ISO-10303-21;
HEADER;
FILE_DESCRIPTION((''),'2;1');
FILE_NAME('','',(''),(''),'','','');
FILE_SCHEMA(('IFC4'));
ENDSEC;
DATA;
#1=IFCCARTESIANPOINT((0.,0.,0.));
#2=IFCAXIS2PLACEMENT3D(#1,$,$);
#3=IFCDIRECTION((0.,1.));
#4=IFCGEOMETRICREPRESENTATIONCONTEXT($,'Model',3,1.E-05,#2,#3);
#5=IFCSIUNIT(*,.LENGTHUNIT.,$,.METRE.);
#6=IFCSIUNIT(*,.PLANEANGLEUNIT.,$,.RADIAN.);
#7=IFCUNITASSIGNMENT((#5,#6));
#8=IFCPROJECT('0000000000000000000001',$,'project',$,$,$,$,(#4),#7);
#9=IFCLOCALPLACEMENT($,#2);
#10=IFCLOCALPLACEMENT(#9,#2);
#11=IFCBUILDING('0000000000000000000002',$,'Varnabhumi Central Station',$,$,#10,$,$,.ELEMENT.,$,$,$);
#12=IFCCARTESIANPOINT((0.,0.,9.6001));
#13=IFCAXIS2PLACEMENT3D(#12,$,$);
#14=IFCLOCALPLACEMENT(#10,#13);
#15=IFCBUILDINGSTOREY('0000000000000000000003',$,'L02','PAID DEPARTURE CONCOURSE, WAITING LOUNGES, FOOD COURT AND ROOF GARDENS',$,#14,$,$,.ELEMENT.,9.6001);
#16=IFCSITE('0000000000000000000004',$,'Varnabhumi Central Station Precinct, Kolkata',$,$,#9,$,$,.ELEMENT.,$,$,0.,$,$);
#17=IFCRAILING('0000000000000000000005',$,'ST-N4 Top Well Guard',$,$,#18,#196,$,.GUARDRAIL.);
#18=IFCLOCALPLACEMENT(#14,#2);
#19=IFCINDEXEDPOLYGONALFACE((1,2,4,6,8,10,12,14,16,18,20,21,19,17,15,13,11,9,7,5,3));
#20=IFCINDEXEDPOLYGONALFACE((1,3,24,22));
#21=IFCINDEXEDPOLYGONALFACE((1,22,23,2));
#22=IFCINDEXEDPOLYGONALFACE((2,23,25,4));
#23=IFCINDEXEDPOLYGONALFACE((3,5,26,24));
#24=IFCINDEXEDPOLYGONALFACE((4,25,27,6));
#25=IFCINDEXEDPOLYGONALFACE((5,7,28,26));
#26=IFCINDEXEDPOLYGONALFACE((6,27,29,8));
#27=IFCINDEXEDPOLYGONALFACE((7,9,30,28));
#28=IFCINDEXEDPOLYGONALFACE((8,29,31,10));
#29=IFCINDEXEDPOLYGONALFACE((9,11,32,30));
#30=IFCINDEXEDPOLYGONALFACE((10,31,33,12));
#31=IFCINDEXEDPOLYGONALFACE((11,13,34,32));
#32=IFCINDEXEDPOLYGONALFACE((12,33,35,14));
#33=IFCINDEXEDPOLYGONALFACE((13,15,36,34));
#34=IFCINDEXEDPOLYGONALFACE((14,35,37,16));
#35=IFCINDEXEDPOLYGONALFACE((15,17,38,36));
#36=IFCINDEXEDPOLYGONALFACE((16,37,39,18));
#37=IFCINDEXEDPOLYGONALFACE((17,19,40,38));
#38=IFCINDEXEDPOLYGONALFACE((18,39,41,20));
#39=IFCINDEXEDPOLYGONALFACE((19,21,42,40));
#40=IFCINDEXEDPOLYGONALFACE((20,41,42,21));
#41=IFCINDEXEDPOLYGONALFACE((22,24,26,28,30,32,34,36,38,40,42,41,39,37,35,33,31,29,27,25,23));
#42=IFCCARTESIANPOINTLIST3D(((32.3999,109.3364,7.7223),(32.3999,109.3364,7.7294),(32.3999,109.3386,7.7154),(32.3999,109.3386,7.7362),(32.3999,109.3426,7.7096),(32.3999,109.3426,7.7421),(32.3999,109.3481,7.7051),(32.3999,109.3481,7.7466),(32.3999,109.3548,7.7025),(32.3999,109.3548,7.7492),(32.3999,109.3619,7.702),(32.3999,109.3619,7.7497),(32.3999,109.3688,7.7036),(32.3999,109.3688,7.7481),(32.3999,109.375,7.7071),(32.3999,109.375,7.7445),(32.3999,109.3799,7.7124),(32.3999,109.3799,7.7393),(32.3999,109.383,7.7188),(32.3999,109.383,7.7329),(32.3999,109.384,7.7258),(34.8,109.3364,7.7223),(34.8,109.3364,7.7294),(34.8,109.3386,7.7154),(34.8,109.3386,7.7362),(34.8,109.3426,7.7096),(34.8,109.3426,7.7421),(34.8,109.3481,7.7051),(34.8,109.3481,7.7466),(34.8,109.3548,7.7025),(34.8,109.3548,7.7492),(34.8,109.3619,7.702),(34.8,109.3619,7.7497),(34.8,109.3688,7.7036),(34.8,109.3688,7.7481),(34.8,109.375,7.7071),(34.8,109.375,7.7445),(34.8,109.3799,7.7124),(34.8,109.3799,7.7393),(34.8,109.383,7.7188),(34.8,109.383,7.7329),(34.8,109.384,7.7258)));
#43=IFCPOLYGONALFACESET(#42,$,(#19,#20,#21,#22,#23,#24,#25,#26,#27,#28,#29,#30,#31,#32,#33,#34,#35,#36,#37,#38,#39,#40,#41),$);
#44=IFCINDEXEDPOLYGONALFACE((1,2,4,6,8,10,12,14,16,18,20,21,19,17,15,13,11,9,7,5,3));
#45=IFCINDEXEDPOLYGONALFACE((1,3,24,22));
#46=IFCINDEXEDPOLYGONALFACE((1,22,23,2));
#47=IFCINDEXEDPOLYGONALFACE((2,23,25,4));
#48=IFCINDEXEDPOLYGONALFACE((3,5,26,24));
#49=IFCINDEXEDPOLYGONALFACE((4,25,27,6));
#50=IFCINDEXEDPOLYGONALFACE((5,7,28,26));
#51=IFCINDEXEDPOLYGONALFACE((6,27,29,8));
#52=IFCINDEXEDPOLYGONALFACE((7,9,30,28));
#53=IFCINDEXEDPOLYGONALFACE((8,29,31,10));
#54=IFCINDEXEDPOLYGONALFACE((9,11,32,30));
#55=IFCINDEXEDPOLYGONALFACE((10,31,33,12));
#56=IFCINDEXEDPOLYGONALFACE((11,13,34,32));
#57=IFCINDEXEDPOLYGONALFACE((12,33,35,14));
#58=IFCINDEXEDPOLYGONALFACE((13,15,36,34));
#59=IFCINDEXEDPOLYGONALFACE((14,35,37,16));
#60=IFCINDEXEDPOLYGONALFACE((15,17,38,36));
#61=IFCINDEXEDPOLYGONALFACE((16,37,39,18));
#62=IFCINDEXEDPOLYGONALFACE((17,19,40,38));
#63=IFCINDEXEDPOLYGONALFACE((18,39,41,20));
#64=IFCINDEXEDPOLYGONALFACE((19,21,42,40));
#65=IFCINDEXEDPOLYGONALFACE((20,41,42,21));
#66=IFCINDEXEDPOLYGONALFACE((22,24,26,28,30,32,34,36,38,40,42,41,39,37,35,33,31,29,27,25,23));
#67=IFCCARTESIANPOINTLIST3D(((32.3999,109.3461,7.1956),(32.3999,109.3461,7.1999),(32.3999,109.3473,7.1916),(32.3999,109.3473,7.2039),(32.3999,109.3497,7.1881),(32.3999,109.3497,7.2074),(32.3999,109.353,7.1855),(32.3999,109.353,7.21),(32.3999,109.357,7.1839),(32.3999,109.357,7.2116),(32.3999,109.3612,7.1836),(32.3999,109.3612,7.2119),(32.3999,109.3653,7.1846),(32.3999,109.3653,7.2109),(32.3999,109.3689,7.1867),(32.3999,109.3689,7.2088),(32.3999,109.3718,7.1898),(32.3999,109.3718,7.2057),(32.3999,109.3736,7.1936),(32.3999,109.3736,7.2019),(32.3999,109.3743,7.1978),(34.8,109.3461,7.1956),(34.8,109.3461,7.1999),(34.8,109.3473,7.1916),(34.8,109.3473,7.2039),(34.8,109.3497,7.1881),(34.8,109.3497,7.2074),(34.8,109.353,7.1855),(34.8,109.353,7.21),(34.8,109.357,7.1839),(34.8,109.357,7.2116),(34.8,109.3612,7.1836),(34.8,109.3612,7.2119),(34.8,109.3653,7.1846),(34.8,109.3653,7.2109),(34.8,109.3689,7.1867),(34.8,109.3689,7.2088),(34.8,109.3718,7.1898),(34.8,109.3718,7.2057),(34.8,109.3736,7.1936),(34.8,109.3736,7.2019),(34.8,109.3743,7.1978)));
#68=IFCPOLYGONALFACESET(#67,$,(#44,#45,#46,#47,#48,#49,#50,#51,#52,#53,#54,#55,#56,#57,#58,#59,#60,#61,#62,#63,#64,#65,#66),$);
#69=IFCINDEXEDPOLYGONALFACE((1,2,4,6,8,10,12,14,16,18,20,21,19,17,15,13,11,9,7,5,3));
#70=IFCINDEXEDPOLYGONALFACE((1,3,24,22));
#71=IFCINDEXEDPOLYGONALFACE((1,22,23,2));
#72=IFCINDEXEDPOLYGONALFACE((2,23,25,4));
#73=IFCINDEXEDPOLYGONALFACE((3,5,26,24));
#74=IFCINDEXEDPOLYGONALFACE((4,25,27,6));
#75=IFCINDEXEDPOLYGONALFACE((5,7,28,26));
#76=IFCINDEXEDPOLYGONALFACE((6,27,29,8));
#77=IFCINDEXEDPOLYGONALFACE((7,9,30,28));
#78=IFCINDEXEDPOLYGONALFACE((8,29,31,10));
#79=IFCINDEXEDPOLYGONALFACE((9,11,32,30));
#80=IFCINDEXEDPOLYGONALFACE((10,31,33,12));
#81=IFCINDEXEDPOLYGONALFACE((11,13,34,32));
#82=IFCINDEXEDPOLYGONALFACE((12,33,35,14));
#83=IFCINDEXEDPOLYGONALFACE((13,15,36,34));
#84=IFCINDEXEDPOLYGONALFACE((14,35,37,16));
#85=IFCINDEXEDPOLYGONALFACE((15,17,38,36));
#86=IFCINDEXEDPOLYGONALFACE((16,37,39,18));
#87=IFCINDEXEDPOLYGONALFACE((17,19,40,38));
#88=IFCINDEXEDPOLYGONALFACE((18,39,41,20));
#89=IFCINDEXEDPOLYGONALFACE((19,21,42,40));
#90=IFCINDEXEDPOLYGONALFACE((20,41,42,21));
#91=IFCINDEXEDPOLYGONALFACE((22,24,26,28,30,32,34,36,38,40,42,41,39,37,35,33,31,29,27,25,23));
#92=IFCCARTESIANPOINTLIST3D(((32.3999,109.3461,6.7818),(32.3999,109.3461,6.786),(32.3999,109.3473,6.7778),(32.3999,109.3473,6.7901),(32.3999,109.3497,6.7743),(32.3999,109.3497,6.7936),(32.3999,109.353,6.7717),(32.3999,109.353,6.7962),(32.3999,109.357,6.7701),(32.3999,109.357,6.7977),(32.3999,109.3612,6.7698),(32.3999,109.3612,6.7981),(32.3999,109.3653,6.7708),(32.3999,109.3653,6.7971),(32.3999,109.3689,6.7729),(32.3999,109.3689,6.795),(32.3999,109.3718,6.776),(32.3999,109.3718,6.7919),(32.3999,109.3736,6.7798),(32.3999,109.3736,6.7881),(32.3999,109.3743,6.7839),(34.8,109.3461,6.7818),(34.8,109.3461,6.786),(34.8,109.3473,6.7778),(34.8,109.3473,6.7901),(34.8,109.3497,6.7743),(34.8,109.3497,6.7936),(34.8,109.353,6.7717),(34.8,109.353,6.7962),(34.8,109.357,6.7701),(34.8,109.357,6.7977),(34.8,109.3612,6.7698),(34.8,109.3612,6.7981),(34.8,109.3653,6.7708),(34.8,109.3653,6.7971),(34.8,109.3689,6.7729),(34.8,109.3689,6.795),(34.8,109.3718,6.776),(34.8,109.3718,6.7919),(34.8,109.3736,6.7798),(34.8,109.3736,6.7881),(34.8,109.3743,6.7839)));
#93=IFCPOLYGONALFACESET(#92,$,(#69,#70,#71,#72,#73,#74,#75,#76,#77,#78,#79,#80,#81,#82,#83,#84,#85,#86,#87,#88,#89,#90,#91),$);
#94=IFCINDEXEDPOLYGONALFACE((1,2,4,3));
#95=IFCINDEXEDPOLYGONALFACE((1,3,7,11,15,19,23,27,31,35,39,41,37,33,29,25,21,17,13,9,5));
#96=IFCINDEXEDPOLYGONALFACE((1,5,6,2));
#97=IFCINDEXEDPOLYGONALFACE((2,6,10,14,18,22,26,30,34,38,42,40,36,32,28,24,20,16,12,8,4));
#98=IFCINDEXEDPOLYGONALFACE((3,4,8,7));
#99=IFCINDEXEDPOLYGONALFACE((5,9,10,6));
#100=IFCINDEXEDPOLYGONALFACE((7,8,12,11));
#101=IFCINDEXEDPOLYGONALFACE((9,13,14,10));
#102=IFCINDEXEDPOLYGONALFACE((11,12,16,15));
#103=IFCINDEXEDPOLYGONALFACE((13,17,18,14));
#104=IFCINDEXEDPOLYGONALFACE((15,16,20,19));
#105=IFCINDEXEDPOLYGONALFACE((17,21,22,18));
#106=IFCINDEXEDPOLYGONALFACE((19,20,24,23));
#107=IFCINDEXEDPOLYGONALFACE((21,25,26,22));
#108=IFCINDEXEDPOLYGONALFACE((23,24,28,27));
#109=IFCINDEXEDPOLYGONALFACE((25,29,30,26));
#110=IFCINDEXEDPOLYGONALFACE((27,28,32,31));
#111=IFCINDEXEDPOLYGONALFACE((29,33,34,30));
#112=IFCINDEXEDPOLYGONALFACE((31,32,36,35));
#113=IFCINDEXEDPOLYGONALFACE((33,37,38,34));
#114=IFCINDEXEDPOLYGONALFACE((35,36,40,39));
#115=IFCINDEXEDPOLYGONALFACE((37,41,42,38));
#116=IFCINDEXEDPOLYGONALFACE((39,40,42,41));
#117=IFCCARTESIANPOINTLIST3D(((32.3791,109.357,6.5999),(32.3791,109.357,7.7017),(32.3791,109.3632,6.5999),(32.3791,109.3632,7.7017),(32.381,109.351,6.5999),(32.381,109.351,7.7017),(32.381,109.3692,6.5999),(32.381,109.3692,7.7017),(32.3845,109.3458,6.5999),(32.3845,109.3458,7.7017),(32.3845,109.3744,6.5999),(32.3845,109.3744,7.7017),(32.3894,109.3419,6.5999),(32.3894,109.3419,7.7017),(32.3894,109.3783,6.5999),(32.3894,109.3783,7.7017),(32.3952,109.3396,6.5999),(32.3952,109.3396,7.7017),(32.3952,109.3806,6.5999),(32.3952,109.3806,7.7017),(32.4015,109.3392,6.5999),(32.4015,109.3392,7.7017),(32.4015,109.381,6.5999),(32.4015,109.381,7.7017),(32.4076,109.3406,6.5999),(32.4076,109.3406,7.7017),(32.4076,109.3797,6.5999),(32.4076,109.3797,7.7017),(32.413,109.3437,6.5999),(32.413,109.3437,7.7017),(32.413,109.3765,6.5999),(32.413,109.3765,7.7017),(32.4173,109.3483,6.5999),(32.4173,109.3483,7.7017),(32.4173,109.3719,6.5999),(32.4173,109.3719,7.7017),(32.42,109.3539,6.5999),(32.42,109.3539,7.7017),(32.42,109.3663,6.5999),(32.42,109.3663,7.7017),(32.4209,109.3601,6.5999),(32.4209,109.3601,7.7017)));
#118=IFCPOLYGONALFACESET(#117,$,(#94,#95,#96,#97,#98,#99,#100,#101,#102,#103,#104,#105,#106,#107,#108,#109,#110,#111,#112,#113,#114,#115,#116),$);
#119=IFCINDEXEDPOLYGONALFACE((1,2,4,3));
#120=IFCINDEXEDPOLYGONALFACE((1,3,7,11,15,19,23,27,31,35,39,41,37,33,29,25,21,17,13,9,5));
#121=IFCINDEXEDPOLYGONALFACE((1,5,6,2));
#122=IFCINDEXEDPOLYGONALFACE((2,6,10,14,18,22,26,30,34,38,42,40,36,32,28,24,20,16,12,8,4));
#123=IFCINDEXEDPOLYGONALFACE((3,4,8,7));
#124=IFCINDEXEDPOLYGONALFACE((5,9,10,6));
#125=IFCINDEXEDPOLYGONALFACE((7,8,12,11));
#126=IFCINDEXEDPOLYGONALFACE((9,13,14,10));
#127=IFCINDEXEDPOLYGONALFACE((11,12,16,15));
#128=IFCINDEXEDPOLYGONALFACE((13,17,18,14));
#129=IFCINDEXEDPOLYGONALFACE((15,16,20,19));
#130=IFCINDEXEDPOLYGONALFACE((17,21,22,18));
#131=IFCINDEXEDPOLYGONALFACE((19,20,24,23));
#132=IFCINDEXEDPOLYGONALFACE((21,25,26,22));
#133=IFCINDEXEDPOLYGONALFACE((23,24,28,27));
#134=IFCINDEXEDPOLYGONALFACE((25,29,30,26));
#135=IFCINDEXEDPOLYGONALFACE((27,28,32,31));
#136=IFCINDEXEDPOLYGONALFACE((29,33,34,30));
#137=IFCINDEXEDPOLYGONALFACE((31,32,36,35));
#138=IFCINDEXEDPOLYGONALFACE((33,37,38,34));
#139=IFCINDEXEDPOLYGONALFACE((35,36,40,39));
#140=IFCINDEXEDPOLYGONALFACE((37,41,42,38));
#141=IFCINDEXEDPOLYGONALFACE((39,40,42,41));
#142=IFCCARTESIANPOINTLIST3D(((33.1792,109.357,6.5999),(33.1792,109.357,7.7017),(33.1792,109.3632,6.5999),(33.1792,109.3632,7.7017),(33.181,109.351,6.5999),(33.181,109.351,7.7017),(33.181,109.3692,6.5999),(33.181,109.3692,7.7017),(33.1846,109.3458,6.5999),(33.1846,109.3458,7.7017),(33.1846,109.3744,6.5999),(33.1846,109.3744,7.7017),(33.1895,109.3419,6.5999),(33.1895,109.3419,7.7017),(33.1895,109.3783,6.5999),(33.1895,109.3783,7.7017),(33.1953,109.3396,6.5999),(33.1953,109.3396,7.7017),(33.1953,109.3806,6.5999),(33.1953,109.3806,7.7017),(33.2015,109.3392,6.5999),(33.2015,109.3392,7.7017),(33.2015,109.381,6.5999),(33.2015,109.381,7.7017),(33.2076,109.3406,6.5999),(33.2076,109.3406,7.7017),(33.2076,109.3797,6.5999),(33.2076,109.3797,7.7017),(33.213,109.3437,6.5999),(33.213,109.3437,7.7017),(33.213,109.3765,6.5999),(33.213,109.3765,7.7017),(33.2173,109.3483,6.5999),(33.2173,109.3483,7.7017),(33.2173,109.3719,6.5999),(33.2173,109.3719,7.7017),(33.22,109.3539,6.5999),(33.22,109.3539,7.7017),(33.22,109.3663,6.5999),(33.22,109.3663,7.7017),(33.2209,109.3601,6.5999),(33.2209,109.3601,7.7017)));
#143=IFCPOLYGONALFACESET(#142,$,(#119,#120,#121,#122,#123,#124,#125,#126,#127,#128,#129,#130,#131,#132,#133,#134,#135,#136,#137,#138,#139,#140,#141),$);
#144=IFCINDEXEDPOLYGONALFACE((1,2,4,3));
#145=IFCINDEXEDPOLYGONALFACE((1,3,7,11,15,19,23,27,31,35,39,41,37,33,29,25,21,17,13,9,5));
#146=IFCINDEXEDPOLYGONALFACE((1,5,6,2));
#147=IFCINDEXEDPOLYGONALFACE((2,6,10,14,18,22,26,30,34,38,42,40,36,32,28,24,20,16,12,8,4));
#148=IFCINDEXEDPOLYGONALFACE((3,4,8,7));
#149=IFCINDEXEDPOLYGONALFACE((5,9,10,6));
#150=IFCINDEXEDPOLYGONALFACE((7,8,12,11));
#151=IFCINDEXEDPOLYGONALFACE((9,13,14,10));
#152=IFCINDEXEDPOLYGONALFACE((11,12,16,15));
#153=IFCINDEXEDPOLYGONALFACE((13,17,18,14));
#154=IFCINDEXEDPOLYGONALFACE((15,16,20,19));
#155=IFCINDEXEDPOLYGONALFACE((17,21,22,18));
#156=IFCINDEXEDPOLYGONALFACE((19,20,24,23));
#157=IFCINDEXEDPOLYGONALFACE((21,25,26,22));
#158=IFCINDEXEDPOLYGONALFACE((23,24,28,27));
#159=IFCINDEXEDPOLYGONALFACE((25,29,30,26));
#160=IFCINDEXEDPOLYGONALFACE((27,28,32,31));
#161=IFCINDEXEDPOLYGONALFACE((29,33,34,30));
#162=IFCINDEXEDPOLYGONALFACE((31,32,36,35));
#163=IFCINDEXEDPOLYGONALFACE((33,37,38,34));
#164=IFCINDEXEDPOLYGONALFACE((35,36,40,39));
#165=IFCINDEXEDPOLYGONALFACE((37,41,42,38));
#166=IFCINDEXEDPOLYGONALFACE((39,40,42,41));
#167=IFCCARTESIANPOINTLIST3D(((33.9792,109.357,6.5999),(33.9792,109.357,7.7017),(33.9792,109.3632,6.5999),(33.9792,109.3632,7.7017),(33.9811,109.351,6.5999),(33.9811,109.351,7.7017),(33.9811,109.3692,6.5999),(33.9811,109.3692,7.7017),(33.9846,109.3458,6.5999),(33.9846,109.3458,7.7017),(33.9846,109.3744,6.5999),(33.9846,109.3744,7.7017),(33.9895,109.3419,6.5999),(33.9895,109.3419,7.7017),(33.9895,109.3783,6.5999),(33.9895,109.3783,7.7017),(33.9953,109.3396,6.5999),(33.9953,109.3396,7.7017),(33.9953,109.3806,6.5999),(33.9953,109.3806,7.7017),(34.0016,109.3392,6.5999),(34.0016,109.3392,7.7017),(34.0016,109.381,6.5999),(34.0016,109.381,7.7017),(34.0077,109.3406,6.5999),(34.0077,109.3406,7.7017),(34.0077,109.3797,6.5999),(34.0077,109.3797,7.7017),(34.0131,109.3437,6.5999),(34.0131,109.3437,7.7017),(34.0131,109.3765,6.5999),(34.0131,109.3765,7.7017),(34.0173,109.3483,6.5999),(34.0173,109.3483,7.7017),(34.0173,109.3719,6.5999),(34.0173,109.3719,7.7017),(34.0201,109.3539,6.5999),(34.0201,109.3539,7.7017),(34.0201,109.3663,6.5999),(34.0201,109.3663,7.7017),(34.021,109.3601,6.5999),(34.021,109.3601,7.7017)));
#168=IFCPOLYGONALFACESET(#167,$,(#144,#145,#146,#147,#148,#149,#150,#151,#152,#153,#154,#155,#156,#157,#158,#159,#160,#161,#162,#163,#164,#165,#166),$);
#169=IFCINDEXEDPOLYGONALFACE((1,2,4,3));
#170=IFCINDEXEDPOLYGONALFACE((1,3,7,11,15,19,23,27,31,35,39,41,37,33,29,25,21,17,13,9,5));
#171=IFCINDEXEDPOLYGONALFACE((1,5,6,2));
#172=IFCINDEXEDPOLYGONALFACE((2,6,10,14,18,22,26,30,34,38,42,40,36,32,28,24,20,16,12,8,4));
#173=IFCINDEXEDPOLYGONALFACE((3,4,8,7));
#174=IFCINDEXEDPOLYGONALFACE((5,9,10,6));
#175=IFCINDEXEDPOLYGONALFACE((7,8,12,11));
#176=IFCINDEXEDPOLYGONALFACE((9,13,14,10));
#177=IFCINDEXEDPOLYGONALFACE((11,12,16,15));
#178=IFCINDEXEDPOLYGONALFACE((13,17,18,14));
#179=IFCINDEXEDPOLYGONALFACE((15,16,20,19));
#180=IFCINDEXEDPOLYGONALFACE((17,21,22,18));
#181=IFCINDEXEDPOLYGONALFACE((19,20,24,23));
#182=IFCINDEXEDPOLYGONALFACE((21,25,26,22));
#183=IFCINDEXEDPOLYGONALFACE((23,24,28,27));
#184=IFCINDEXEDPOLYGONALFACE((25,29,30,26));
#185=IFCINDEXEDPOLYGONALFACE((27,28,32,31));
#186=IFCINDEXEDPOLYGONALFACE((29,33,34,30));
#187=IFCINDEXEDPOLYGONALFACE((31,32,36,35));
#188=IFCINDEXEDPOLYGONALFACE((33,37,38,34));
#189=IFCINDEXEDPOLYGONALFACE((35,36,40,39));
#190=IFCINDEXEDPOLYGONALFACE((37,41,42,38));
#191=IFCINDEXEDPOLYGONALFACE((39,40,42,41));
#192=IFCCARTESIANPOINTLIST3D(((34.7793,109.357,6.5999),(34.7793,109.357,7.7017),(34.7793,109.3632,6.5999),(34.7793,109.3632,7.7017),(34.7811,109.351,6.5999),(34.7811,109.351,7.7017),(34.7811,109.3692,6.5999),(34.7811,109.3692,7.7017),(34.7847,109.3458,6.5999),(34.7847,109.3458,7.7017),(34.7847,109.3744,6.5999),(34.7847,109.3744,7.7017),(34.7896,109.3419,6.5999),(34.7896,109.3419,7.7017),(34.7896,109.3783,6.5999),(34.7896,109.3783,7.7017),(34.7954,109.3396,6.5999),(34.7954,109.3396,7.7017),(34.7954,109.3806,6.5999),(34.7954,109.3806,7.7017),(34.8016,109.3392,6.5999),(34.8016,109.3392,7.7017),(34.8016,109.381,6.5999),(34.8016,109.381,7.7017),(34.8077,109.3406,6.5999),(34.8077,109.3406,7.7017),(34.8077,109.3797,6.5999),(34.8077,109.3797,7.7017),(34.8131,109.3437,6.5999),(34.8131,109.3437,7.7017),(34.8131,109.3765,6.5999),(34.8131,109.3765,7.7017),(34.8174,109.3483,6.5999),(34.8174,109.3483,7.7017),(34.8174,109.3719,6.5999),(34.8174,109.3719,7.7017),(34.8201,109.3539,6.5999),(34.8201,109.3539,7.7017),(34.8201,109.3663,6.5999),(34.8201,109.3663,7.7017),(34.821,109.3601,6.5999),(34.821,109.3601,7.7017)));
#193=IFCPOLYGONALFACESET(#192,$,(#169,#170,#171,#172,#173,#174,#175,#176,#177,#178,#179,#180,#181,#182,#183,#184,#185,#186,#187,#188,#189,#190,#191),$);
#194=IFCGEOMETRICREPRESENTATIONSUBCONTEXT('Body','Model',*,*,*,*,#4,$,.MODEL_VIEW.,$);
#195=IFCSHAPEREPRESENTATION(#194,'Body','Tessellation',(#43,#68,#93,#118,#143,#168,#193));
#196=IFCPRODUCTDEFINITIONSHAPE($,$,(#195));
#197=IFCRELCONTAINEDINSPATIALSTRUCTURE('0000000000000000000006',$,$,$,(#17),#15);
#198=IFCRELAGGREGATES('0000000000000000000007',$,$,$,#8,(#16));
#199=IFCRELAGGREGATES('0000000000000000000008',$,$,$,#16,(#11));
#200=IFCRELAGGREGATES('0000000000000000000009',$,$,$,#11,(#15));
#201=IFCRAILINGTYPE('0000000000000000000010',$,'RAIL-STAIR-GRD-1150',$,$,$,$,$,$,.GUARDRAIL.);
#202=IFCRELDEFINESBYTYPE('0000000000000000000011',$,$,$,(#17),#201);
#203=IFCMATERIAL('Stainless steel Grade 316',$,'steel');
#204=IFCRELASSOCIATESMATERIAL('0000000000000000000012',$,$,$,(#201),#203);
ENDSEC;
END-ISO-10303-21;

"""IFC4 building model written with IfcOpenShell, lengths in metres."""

from ifc_helpers import new_model, si_unit, direction, frame, origin, origin_2d, place, context, subcontext, project, spatial, circle, extrude, material, type_object, element, save


model = new_model("IFC4")

# Units and contexts
model_context = context("Model", 3, precision=1e-05, world=origin(), true_north=direction((0.0, 1.0)))
body_context = subcontext(model_context, "Body", "Model", "MODEL_VIEW")
ifc_project = project(units=[si_unit("LENGTHUNIT", "METRE"), si_unit("PLANEANGLEUNIT", "RADIAN")], contexts=[model_context])

# Site, building, storey
site_placement = place(None, origin())
site = spatial("IfcSite", under=ifc_project, at=site_placement, Name="Varnabhumi Central Station Precinct, Kolkata", CompositionType="ELEMENT", RefElevation=0.0)
building_placement = place(site_placement, origin())
building = spatial("IfcBuilding", under=site, at=building_placement, Name="Varnabhumi Central Station", CompositionType="ELEMENT")
storey_placement = place(building_placement, frame((0.0, 0.0, 9.6001)))
storey = spatial("IfcBuildingStorey", under=building, at=storey_placement, Name="L02", Description="PAID DEPARTURE CONCOURSE, WAITING LOUNGES, FOOD COURT AND ROOF GARDENS", CompositionType="ELEMENT", Elevation=9.6001)

# Shared definitions
ifc_material_1 = material(Name="Stainless steel Grade 316", Category="steel")

# Railing
railing_type_1 = type_object("IfcRailingType", Name="RAIL-STAIR-GRD-1150", PredefinedType="GUARDRAIL", material=ifc_material_1)
railing_1_placement = place(storey_placement, frame((32.3999, 109.3601, 6.5999)))
element("IfcRailing", 1, at=railing_1_placement, inside=storey, type_object=railing_type_1, Name="ST-N4 Top Well Guard", PredefinedType="GUARDRAIL", context=body_context, shape_type="SweptSolid", body=[
    extrude(circle(Radius=0.0239, at=origin_2d()), frame((0.0, 0.0, 1.126), z_axis=(1.0, 0.0, 0.0), x_axis=(0.0, 1.0, 0.0)), (0.0, 0.0, 1.0), 2.4001),
    extrude(circle(Radius=0.0142, at=origin_2d()), frame((0.0, 0.0, 0.5979), z_axis=(1.0, 0.0, 0.0), x_axis=(0.0, 1.0, 0.0)), (0.0, 0.0, 1.0), 2.4001),
    extrude(circle(Radius=0.0142, at=origin_2d()), frame((0.0, 0.0, 0.1841), z_axis=(1.0, 0.0, 0.0), x_axis=(0.0, 1.0, 0.0)), (0.0, 0.0, 1.0), 2.4001),
    extrude(circle(Radius=0.021, at=origin_2d()), origin(), (0.0, 0.0, 1.0), 1.1018),
    extrude(circle(Radius=0.021, at=origin_2d()), frame((0.8, 0.0, 0.0)), (0.0, 0.0, 1.0), 1.1018),
    extrude(circle(Radius=0.021, at=origin_2d()), frame((1.6001, 0.0, 0.0)), (0.0, 0.0, 1.0), 1.1018),
    extrude(circle(Radius=0.021, at=origin_2d()), frame((2.4001, 0.0, 0.0)), (0.0, 0.0, 1.0), 1.1018),
])

save(model, "model.ifc")
